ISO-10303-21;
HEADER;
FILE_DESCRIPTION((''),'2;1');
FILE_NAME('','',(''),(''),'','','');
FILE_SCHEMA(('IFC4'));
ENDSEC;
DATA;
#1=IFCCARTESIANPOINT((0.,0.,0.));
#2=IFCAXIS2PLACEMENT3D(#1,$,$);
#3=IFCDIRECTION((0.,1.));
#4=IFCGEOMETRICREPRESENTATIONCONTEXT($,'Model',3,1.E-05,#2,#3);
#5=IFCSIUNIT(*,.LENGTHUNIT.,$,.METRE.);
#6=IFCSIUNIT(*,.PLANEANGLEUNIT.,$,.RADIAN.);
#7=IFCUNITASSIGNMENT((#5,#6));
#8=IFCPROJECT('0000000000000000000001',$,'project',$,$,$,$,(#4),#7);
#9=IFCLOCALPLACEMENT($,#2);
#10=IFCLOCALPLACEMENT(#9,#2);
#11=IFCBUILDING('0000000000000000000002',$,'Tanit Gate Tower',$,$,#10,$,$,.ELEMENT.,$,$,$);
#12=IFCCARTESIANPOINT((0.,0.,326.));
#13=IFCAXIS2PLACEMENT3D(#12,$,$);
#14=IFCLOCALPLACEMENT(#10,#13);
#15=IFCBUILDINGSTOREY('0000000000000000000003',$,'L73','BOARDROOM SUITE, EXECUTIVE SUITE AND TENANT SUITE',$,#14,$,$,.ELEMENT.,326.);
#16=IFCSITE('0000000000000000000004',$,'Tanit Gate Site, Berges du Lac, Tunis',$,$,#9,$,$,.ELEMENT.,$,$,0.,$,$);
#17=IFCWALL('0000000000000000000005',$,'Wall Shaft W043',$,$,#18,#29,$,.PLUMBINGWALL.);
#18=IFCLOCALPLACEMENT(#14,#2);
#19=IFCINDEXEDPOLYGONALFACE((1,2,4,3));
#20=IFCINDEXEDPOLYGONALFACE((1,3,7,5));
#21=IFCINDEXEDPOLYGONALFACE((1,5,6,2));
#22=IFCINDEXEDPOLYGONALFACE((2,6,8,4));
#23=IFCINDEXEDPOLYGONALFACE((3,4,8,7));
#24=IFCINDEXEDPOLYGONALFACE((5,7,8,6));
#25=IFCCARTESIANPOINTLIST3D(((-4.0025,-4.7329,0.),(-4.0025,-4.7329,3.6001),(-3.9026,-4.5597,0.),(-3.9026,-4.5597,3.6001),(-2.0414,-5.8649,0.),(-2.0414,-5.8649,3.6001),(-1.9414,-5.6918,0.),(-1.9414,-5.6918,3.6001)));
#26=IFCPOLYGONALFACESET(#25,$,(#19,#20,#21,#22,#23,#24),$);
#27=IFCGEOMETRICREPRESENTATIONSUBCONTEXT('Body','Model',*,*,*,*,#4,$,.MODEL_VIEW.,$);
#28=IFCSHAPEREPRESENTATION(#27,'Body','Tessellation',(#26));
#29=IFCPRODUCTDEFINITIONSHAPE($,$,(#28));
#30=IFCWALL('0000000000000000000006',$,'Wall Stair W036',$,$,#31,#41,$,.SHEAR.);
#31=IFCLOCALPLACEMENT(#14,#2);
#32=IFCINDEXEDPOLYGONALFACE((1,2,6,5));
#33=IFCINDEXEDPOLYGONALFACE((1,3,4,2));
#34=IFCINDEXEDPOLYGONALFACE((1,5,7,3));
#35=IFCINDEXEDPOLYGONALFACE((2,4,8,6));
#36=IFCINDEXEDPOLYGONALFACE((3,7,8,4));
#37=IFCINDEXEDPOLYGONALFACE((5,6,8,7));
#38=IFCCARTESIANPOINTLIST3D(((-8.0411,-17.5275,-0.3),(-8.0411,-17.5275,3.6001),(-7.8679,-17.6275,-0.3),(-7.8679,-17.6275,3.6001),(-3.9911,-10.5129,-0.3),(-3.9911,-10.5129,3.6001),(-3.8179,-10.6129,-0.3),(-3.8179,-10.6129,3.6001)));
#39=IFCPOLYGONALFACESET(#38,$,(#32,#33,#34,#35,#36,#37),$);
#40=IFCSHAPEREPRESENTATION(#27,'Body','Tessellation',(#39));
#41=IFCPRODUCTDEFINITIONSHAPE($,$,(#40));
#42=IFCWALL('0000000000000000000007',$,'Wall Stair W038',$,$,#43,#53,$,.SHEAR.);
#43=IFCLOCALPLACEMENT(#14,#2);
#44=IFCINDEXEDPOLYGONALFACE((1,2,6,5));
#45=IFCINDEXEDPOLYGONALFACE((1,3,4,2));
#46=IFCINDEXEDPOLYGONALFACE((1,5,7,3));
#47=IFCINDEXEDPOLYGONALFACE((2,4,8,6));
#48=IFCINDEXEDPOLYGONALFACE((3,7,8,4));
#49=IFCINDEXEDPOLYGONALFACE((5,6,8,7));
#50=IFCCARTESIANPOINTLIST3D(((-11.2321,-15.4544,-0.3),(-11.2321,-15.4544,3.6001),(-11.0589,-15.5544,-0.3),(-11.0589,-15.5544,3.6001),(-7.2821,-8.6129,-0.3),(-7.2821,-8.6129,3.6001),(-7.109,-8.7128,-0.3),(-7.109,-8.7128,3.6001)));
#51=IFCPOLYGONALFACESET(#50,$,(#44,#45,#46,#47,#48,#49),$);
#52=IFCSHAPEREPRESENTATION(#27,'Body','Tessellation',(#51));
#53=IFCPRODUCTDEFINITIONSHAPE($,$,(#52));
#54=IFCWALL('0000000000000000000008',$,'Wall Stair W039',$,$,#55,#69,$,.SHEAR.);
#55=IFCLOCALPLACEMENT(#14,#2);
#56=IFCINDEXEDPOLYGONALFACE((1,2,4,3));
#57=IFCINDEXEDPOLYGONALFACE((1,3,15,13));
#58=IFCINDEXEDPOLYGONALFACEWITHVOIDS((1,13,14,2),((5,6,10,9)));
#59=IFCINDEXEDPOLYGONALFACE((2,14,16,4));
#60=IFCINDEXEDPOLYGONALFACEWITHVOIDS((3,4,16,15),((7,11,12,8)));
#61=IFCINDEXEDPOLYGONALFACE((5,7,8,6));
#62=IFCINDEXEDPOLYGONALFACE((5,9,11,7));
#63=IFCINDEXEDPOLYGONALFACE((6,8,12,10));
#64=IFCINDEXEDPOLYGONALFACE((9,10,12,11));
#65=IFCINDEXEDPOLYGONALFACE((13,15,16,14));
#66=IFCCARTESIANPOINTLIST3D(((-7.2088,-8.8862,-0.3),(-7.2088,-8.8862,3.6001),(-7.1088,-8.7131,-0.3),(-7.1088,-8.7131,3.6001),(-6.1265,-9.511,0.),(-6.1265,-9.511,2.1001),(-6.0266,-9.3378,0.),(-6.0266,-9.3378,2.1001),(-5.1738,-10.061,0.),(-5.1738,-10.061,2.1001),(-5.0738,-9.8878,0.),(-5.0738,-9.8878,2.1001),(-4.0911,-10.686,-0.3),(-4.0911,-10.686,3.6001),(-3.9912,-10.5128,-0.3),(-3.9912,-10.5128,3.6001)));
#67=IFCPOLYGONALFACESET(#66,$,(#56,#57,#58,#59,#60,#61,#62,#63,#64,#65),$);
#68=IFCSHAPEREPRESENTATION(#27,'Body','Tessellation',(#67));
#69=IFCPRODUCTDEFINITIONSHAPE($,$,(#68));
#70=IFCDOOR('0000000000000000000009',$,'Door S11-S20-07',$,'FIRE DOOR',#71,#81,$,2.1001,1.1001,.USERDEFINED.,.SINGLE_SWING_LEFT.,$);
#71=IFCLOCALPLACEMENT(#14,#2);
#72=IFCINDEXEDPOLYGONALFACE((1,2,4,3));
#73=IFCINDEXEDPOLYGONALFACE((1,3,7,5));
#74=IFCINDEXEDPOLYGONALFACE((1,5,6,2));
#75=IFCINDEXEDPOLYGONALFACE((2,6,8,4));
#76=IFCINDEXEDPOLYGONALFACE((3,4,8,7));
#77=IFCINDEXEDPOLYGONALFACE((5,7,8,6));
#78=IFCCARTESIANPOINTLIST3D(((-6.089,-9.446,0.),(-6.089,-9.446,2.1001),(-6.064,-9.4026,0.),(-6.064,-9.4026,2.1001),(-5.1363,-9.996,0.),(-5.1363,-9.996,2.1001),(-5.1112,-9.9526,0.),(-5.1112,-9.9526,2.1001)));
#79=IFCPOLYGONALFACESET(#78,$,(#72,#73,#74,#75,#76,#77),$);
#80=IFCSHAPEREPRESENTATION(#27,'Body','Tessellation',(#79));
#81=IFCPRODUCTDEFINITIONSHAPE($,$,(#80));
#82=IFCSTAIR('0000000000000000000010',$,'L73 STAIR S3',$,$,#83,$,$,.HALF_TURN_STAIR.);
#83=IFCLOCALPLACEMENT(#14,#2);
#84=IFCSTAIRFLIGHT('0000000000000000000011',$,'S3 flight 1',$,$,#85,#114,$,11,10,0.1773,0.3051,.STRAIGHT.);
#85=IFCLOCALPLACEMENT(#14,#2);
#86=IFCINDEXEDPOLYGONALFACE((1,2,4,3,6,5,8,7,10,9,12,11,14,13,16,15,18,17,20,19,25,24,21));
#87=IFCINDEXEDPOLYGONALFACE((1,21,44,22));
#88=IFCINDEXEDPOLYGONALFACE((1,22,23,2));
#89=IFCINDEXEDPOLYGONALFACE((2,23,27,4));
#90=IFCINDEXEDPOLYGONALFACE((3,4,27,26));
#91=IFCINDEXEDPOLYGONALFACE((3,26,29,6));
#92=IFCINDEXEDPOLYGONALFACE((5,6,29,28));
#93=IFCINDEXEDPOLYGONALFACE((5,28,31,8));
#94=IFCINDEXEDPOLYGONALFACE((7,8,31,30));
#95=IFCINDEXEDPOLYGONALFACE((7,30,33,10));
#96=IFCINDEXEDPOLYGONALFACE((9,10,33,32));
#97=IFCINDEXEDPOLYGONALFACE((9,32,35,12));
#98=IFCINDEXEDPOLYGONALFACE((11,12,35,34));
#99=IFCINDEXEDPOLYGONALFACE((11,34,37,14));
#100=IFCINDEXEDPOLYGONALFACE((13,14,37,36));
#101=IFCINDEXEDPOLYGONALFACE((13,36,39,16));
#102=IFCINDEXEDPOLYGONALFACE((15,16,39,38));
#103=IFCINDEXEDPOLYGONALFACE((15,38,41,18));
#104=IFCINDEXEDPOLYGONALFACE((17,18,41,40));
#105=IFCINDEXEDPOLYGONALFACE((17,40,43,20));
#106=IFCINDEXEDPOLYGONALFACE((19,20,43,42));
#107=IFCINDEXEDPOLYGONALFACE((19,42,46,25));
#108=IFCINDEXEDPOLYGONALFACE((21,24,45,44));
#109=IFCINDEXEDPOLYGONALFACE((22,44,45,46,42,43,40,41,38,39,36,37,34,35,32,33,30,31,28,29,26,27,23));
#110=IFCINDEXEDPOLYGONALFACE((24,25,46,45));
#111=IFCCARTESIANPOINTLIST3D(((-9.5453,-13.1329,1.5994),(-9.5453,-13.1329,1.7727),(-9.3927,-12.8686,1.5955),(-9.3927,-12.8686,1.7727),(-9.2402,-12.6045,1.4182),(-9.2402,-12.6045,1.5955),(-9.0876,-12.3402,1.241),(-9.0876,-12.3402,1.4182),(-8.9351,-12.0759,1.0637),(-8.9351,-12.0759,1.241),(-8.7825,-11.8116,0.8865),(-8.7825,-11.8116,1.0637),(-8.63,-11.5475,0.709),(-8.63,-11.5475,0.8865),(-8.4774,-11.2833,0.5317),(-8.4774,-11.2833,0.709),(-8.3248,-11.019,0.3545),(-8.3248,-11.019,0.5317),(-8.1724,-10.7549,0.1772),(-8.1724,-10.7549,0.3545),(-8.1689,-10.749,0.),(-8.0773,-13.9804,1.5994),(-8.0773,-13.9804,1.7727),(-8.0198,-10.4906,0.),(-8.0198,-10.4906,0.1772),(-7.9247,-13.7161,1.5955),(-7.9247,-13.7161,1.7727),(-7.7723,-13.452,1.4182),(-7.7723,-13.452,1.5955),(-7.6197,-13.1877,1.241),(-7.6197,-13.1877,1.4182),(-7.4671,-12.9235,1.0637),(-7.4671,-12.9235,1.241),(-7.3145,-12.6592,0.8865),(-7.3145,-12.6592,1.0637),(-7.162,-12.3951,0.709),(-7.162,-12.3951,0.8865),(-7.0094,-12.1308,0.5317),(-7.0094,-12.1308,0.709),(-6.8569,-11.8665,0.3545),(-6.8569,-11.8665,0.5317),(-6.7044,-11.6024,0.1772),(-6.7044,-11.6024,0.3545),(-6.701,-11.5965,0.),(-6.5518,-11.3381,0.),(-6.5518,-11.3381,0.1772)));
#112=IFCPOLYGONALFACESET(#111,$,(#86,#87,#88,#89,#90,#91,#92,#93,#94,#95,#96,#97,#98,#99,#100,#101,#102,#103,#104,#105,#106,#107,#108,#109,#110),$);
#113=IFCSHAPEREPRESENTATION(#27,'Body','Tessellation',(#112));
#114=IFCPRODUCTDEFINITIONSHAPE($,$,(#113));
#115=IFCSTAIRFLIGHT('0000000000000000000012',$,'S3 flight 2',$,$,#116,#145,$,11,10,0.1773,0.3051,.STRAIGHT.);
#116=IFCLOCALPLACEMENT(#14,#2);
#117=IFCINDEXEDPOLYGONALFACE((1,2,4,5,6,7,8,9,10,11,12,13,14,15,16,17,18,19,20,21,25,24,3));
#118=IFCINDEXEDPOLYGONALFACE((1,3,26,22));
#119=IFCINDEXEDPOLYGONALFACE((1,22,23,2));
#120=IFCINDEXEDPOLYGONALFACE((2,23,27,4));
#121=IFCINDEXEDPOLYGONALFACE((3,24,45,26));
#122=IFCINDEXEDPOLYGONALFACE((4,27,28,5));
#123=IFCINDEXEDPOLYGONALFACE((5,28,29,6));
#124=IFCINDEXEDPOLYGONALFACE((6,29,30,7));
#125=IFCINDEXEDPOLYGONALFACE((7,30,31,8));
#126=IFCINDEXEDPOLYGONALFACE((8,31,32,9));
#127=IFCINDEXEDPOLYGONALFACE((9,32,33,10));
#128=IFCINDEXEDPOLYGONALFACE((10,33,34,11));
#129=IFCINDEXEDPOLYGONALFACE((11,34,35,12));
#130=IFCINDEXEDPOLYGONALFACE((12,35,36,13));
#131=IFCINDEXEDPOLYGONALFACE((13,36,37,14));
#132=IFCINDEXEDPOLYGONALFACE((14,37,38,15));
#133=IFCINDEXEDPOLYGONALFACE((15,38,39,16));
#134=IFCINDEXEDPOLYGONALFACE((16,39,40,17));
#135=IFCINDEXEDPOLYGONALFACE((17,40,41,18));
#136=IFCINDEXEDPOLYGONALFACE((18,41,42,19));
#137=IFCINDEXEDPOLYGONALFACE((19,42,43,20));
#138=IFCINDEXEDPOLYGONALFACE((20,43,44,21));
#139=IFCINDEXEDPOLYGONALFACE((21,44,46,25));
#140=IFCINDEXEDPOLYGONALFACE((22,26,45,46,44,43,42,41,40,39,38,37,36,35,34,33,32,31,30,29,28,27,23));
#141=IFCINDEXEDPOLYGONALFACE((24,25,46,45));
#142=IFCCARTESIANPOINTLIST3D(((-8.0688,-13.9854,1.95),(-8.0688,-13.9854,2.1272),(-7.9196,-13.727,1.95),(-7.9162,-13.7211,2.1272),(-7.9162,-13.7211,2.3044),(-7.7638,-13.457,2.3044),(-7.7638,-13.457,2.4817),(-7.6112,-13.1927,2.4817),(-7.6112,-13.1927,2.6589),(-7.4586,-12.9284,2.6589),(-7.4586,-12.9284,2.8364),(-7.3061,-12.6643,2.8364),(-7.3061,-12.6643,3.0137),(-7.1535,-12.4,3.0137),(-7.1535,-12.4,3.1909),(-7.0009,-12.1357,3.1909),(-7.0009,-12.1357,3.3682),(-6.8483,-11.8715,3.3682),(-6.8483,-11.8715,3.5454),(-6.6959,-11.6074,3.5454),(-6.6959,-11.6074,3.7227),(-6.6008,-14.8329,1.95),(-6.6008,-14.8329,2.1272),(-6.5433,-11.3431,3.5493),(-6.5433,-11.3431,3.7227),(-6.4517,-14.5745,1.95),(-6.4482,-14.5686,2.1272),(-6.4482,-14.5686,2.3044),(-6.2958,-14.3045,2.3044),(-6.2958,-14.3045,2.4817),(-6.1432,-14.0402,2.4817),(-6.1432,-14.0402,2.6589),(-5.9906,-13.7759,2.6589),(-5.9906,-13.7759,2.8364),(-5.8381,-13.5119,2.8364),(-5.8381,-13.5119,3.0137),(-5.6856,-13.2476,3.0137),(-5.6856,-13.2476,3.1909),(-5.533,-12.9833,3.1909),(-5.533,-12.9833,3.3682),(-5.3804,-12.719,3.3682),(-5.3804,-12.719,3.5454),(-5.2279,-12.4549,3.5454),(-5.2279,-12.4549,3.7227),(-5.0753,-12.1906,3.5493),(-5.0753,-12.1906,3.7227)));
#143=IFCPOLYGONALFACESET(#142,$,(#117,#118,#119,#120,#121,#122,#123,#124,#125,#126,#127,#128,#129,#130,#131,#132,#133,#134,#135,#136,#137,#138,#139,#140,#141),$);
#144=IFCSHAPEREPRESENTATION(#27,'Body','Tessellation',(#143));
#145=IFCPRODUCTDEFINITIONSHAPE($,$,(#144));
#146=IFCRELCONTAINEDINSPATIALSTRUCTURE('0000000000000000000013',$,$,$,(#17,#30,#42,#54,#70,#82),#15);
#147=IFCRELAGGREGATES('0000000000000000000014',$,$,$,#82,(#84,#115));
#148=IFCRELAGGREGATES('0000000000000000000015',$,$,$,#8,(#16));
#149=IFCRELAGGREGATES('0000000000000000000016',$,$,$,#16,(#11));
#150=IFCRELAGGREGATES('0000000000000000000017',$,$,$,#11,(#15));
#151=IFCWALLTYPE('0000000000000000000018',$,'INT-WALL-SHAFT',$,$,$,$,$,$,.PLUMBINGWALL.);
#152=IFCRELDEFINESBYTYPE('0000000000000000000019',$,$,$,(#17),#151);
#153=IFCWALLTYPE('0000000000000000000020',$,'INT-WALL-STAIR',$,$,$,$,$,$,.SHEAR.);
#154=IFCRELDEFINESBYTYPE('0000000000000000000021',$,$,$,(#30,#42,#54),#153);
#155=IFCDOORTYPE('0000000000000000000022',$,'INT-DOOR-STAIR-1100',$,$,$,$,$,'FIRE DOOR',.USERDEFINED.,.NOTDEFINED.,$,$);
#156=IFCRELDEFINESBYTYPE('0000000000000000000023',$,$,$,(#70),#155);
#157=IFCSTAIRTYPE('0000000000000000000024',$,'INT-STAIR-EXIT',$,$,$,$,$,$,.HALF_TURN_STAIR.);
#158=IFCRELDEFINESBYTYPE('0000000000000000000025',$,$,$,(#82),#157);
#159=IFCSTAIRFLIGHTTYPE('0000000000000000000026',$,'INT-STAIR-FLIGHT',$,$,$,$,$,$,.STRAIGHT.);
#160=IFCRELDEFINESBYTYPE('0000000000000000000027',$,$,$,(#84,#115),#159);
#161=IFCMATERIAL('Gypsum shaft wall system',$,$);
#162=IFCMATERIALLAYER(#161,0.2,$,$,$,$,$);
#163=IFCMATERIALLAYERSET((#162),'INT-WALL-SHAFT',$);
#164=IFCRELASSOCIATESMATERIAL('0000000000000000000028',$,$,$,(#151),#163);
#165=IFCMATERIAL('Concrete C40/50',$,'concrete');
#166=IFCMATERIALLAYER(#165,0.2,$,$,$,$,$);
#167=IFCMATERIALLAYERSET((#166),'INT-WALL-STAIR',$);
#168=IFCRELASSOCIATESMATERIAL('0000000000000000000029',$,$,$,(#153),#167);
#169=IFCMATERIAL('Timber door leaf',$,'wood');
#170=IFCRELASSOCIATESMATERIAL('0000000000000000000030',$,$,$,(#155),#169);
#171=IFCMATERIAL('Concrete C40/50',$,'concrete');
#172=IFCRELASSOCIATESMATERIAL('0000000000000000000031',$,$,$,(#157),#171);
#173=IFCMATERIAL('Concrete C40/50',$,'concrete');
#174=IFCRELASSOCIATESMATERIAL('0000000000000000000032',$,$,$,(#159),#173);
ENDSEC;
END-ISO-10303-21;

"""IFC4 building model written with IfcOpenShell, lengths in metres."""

from ifc_helpers import new_model, si_unit, direction, frame, frame_2d, origin, place, context, subcontext, project, spatial, polyline, rectangle, outline, extrude, material, layer, layer_set, type_object, element, fill, aggregate, save


model = new_model("IFC4")

# Units and contexts
model_context = context("Model", 3, precision=1e-05, world=origin(), true_north=direction((0.0, 1.0)))
body_context = subcontext(model_context, "Body", "Model", "MODEL_VIEW")
ifc_project = project(units=[si_unit("LENGTHUNIT", "METRE"), si_unit("PLANEANGLEUNIT", "RADIAN")], contexts=[model_context])

# Site, building, storey
site_placement = place(None, origin())
site = spatial("IfcSite", under=ifc_project, at=site_placement, Name="Tanit Gate Site, Berges du Lac, Tunis", CompositionType="ELEMENT", RefElevation=0.0)
building_placement = place(site_placement, origin())
building = spatial("IfcBuilding", under=site, at=building_placement, Name="Tanit Gate Tower", CompositionType="ELEMENT")
storey_placement = place(building_placement, frame((0.0, 0.0, 326.0)))
storey = spatial("IfcBuildingStorey", under=building, at=storey_placement, Name="L73", Description="BOARDROOM SUITE, EXECUTIVE SUITE AND TENANT SUITE", CompositionType="ELEMENT", Elevation=326.0)

# Shared definitions
ifc_material_1 = material(Name="Gypsum shaft wall system")
ifc_layer_1 = layer(ifc_material_1, 0.2)
ifc_layer_set_1 = layer_set([ifc_layer_1], Name="INT-WALL-SHAFT")
wall_type_1 = type_object("IfcWallType", Name="INT-WALL-SHAFT", PredefinedType="PLUMBINGWALL", material=ifc_layer_set_1)

# Walls
wall_1_placement = place(storey_placement, frame((-3.9526, -4.6462, 0.0), z_axis=(0.0, 0.0, 1.0), x_axis=(0.866065, -0.499931, 0.0)))
element("IfcWall", 1, at=wall_1_placement, inside=storey, type_object=wall_type_1, Name="Wall Shaft W043", PredefinedType="PLUMBINGWALL", context=body_context, shape_type="SweptSolid", body=[
    extrude(rectangle(XDim=2.2644, YDim=0.2, at=frame_2d((1.1323, 0.0))), origin(), (0.0, 0.0, 1.0), 3.6001),
])
ifc_material_2 = material(Name="Concrete C40/50", Category="concrete")
ifc_layer_2 = layer(ifc_material_2, 0.2)
ifc_layer_set_2 = layer_set([ifc_layer_2], Name="INT-WALL-STAIR")
wall_type_2 = type_object("IfcWallType", Name="INT-WALL-STAIR", PredefinedType="SHEAR", material=ifc_layer_set_2)
wall_2_placement = place(storey_placement, frame((-3.9045, -10.563, -0.3), z_axis=(0.0, 0.0, 1.0), x_axis=(-0.500013, -0.866018, 0.0)))
element("IfcWall", 2, at=wall_2_placement, inside=storey, type_object=wall_type_2, Name="Wall Stair W036", PredefinedType="SHEAR", context=body_context, shape_type="SweptSolid", body=[
    extrude(rectangle(XDim=8.0999, YDim=0.2, at=frame_2d((4.0498, 0.0))), origin(), (0.0, 0.0, 1.0), 3.9001),
])
wall_3_placement = place(storey_placement, frame((-7.1956, -8.6628, -0.3), z_axis=(0.0, 0.0, 1.0), x_axis=(-0.499998, -0.866027, 0.0)))
element("IfcWall", 3, at=wall_3_placement, inside=storey, type_object=wall_type_2, Name="Wall Stair W038", PredefinedType="SHEAR", context=body_context, shape_type="SweptSolid", body=[
    extrude(rectangle(XDim=7.8999, YDim=0.2, at=frame_2d((3.95, 0.0))), origin(), (0.0, 0.0, 1.0), 3.9001),
])

# Wall, opening, door
wall_4_placement = place(storey_placement, frame((-4.0413, -10.5994, -0.3), z_axis=(0.0, 0.0, 1.0), x_axis=(-0.866048, 0.499961, 0.0)))
wall_4 = element("IfcWall", 4, at=wall_4_placement, inside=storey, type_object=wall_type_2, Name="Wall Stair W039", PredefinedType="SHEAR", context=body_context, shape_type="SweptSolid", body=[
    extrude(rectangle(XDim=3.5999, YDim=0.2, at=frame_2d((1.7998, 0.0))), origin(), (0.0, 0.0, 1.0), 3.9001),
])
opening_1_placement = place(wall_4_placement, frame((1.25, 0.0, 0.3)))
opening_1 = element("IfcOpeningElement", 5, at=opening_1_placement, cuts=wall_4, PredefinedType="OPENING", context=body_context, shape_type="SweptSolid", body=[
    extrude(rectangle(XDim=1.1001, YDim=2.1001, at=frame_2d((0.55, 1.05))), frame((0.0, 0.1099, 0.0), z_axis=(0.0, -1.0, 0.0), x_axis=(1.0, 0.0, 0.0)), (0.0, 0.0, 1.0), 0.22),
])
ifc_material_3 = material(Name="Timber door leaf", Category="wood")
door_type_1 = type_object("IfcDoorType", Name="INT-DOOR-STAIR-1100", ElementType="FIRE DOOR", OperationType="NOTDEFINED", PredefinedType="USERDEFINED", material=ifc_material_3)
door_1_placement = place(opening_1_placement, origin())
door_1 = element("IfcDoor", 6, at=door_1_placement, inside=storey, type_object=door_type_1, Name="Door S11-S20-07", ObjectType="FIRE DOOR", OperationType="SINGLE_SWING_LEFT", OverallHeight=2.1001, OverallWidth=1.1001, PredefinedType="USERDEFINED", context=body_context, shape_type="SweptSolid", body=[
    extrude(rectangle(XDim=1.1001, YDim=2.1001, at=frame_2d((0.55, 1.05))), frame((0.0, 0.0249, 0.0), z_axis=(0.0, -1.0, 0.0), x_axis=(1.0, 0.0, 0.0)), (0.0, 0.0, 1.0), 0.05),
])
fill(opening_1, door_1)

# Stair, stair flights
ifc_material_4 = material(Name="Concrete C40/50", Category="concrete")
stair_type = type_object("IfcStairType", Name="INT-STAIR-EXIT", PredefinedType="HALF_TURN_STAIR", material=ifc_material_4)
stair_placement = place(storey_placement, origin())
stair = element("IfcStair", 7, at=stair_placement, inside=storey, type_object=stair_type, Name="L73 STAIR S3", PredefinedType="HALF_TURN_STAIR")
ifc_material_5 = material(Name="Concrete C40/50", Category="concrete")
stair_flight_type = type_object("IfcStairFlightType", Name="INT-STAIR-FLIGHT", PredefinedType="STRAIGHT", material=ifc_material_5)
stair_flight_1_placement = place(storey_placement, frame((-7.2859, -10.9143, 0.0), z_axis=(0.0, 0.0, 1.0), x_axis=(-0.5, -0.866025, 0.0)))
stair_flight_1 = element("IfcStairFlight", 8, at=stair_flight_1_placement, type_object=stair_flight_type, Name="S3 flight 1", NumberOfRisers=11, NumberOfTreads=10, PredefinedType="STRAIGHT", RiserHeight=0.1773, TreadLength=0.3051, context=body_context, shape_type="SweptSolid", body=[
    extrude(outline(polyline([(0.0, 0.0), (0.0, 0.1772), (0.3052, 0.1772), (0.3052, 0.3545), (0.6101, 0.3545), (0.6101, 0.5317), (0.9153, 0.5317), (0.9153, 0.709), (1.2205, 0.709), (1.2205, 0.8865), (1.5254, 0.8865), (1.5254, 1.0637), (1.8306, 1.0637), (1.8306, 1.241), (2.1357, 1.241), (2.1357, 1.4182), (2.4409, 1.4182), (2.4409, 1.5955), (2.7458, 1.5955), (2.7458, 1.7727), (3.051, 1.7727), (3.051, 1.95), (3.051, 1.5994), (0.2983, 0.0), (0.0, 0.0)])), frame((0.0, 0.8477, 0.0), z_axis=(0.0, -1.0, 0.0), x_axis=(1.0, 0.0, 0.0)), (0.0, 0.0, 1.0), 1.6951),
])
stair_flight_2_placement = place(storey_placement, frame((-7.3347, -14.4092, 1.95), z_axis=(0.0, 0.0, 1.0), x_axis=(0.5, 0.866025, 0.0)))
stair_flight_2 = element("IfcStairFlight", 9, at=stair_flight_2_placement, type_object=stair_flight_type, Name="S3 flight 2", NumberOfRisers=11, NumberOfTreads=10, PredefinedType="STRAIGHT", RiserHeight=0.1773, TreadLength=0.3051, context=body_context, shape_type="SweptSolid", body=[
    extrude(outline(polyline([(0.0, 0.0), (0.0, 0.1772), (0.3052, 0.1772), (0.3052, 0.3545), (0.6101, 0.3545), (0.6101, 0.5317), (0.9153, 0.5317), (0.9153, 0.709), (1.2205, 0.709), (1.2205, 0.8865), (1.5254, 0.8865), (1.5254, 1.0637), (1.8306, 1.0637), (1.8306, 1.241), (2.1357, 1.241), (2.1357, 1.4182), (2.4409, 1.4182), (2.4409, 1.5955), (2.7458, 1.5955), (2.7458, 1.7727), (3.051, 1.7727), (3.051, 1.95), (3.051, 1.5994), (0.2983, 0.0), (0.0, 0.0)])), frame((0.0, 0.8477, 0.0), z_axis=(0.0, -1.0, 0.0), x_axis=(1.0, 0.0, 0.0)), (0.0, 0.0, 1.0), 1.6951),
])
aggregate(stair, [stair_flight_1, stair_flight_2])

save(model, "model.ifc")
